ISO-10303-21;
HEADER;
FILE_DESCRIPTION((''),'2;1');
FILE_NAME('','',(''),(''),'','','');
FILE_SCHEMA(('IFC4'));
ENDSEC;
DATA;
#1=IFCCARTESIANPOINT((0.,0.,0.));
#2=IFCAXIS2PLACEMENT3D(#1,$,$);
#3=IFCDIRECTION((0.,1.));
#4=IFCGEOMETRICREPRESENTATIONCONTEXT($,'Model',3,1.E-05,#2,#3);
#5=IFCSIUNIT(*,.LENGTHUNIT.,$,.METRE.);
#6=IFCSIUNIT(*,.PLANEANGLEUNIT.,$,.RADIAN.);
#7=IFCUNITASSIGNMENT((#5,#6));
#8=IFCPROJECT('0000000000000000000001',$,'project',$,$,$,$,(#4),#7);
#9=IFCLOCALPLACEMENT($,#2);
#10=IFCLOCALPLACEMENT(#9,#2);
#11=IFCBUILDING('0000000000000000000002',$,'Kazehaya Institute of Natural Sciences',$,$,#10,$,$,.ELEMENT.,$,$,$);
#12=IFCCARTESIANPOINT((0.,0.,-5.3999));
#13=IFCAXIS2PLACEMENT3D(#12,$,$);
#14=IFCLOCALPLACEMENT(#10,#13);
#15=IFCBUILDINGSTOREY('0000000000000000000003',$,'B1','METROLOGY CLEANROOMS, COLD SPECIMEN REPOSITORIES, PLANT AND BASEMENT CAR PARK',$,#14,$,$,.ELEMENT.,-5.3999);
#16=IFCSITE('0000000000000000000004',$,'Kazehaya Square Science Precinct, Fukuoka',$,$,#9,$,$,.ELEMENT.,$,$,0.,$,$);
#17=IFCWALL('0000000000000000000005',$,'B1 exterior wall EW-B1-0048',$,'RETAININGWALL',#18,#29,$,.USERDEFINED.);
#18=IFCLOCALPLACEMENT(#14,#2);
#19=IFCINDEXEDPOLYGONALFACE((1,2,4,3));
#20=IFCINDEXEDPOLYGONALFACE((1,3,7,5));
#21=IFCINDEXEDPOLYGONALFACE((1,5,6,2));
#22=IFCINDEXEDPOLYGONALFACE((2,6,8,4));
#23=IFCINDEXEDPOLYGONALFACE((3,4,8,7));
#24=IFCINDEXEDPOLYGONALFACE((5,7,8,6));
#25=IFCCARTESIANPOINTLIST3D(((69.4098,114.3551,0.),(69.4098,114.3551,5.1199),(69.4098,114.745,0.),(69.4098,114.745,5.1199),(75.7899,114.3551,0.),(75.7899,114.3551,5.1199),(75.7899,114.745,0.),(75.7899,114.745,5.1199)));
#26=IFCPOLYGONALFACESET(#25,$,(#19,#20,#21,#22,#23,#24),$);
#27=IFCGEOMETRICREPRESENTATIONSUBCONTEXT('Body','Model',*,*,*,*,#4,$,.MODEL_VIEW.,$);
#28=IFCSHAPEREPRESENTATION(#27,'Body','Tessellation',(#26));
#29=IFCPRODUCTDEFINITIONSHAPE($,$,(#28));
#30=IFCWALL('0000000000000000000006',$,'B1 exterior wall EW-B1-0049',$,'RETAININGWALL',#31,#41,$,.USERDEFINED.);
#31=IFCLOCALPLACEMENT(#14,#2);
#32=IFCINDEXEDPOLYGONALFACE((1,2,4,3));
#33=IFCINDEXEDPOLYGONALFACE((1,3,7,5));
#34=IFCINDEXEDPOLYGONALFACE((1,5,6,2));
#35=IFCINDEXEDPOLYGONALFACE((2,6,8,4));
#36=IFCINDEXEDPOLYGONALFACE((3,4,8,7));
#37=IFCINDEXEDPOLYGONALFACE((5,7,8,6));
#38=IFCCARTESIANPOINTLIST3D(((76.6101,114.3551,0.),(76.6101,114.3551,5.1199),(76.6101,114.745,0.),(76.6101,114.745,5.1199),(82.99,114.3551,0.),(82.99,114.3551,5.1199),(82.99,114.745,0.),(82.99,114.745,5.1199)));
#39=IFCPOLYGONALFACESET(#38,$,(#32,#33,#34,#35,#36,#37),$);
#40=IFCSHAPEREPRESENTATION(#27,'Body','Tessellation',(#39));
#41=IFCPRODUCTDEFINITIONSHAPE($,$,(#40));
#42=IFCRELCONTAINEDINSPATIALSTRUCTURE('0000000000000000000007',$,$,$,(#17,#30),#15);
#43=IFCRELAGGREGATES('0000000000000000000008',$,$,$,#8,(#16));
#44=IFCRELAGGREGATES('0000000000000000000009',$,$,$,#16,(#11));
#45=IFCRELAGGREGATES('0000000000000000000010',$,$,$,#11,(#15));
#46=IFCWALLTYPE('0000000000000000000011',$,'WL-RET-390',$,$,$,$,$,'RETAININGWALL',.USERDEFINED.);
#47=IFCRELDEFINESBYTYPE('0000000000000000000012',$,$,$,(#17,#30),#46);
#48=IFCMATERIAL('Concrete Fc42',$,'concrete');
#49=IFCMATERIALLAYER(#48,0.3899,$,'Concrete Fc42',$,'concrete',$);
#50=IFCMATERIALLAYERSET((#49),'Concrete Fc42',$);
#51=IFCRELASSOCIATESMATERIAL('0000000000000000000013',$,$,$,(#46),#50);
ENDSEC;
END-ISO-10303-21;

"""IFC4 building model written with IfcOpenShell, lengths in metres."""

from ifc_helpers import new_model, si_unit, direction, frame, frame_2d, origin, place, context, subcontext, project, spatial, rectangle, extrude, material, layer, layer_set, type_object, element, save


model = new_model("IFC4")

# Units and contexts
model_context = context("Model", 3, precision=1e-05, world=origin(), true_north=direction((0.0, 1.0)))
body_context = subcontext(model_context, "Body", "Model", "MODEL_VIEW")
ifc_project = project(units=[si_unit("LENGTHUNIT", "METRE"), si_unit("PLANEANGLEUNIT", "RADIAN")], contexts=[model_context])

# Site, building, storey
site_placement = place(None, origin())
site = spatial("IfcSite", under=ifc_project, at=site_placement, Name="Kazehaya Square Science Precinct, Fukuoka", CompositionType="ELEMENT", RefElevation=0.0)
building_placement = place(site_placement, origin())
building = spatial("IfcBuilding", under=site, at=building_placement, Name="Kazehaya Institute of Natural Sciences", CompositionType="ELEMENT")
storey_placement = place(building_placement, frame((0.0, 0.0, -5.3999)))
storey = spatial("IfcBuildingStorey", under=building, at=storey_placement, Name="B1", Description="METROLOGY CLEANROOMS, COLD SPECIMEN REPOSITORIES, PLANT AND BASEMENT CAR PARK", CompositionType="ELEMENT", Elevation=-5.3999)

# Shared definitions
ifc_material_1 = material(Name="Concrete Fc42", Category="concrete")

# Walls
ifc_layer = layer(ifc_material_1, 0.3899, Name="Concrete Fc42", Category="concrete")
ifc_layer_set = layer_set([ifc_layer], Name="Concrete Fc42")
wall_type = type_object("IfcWallType", Name="WL-RET-390", ElementType="RETAININGWALL", PredefinedType="USERDEFINED", material=ifc_layer_set)
for number, where, z_axis, x_axis, name in (
    (1, (69.4099, 114.55, 0.0), (0.0, 0.0, 1.0), (1.0, 0.0, 0.0), "B1 exterior wall EW-B1-0048"),
):
    element("IfcWall", number, at=place(storey_placement, frame(where, z_axis=z_axis, x_axis=x_axis)), inside=storey, type_object=wall_type, Name=name, ObjectType="RETAININGWALL", PredefinedType="USERDEFINED", context=body_context, shape_type="SweptSolid", body=[
        extrude(rectangle(XDim=6.3801, YDim=0.3899, at=frame_2d((3.1899, 0.0))), origin(), (0.0, 0.0, 1.0), 5.1199),
    ])
wall_placement = place(storey_placement, frame((76.6101, 114.55, 0.0), z_axis=(0.0, 0.0, 1.0), x_axis=(1.0, 0.0, 0.0)))
element("IfcWall", 2, at=wall_placement, inside=storey, type_object=wall_type, Name="B1 exterior wall EW-B1-0049", ObjectType="RETAININGWALL", PredefinedType="USERDEFINED", context=body_context, shape_type="SweptSolid", body=[
    extrude(rectangle(XDim=6.3799, YDim=0.3899, at=frame_2d((3.1899, 0.0))), origin(), (0.0, 0.0, 1.0), 5.1199),
])

save(model, "model.ifc")
